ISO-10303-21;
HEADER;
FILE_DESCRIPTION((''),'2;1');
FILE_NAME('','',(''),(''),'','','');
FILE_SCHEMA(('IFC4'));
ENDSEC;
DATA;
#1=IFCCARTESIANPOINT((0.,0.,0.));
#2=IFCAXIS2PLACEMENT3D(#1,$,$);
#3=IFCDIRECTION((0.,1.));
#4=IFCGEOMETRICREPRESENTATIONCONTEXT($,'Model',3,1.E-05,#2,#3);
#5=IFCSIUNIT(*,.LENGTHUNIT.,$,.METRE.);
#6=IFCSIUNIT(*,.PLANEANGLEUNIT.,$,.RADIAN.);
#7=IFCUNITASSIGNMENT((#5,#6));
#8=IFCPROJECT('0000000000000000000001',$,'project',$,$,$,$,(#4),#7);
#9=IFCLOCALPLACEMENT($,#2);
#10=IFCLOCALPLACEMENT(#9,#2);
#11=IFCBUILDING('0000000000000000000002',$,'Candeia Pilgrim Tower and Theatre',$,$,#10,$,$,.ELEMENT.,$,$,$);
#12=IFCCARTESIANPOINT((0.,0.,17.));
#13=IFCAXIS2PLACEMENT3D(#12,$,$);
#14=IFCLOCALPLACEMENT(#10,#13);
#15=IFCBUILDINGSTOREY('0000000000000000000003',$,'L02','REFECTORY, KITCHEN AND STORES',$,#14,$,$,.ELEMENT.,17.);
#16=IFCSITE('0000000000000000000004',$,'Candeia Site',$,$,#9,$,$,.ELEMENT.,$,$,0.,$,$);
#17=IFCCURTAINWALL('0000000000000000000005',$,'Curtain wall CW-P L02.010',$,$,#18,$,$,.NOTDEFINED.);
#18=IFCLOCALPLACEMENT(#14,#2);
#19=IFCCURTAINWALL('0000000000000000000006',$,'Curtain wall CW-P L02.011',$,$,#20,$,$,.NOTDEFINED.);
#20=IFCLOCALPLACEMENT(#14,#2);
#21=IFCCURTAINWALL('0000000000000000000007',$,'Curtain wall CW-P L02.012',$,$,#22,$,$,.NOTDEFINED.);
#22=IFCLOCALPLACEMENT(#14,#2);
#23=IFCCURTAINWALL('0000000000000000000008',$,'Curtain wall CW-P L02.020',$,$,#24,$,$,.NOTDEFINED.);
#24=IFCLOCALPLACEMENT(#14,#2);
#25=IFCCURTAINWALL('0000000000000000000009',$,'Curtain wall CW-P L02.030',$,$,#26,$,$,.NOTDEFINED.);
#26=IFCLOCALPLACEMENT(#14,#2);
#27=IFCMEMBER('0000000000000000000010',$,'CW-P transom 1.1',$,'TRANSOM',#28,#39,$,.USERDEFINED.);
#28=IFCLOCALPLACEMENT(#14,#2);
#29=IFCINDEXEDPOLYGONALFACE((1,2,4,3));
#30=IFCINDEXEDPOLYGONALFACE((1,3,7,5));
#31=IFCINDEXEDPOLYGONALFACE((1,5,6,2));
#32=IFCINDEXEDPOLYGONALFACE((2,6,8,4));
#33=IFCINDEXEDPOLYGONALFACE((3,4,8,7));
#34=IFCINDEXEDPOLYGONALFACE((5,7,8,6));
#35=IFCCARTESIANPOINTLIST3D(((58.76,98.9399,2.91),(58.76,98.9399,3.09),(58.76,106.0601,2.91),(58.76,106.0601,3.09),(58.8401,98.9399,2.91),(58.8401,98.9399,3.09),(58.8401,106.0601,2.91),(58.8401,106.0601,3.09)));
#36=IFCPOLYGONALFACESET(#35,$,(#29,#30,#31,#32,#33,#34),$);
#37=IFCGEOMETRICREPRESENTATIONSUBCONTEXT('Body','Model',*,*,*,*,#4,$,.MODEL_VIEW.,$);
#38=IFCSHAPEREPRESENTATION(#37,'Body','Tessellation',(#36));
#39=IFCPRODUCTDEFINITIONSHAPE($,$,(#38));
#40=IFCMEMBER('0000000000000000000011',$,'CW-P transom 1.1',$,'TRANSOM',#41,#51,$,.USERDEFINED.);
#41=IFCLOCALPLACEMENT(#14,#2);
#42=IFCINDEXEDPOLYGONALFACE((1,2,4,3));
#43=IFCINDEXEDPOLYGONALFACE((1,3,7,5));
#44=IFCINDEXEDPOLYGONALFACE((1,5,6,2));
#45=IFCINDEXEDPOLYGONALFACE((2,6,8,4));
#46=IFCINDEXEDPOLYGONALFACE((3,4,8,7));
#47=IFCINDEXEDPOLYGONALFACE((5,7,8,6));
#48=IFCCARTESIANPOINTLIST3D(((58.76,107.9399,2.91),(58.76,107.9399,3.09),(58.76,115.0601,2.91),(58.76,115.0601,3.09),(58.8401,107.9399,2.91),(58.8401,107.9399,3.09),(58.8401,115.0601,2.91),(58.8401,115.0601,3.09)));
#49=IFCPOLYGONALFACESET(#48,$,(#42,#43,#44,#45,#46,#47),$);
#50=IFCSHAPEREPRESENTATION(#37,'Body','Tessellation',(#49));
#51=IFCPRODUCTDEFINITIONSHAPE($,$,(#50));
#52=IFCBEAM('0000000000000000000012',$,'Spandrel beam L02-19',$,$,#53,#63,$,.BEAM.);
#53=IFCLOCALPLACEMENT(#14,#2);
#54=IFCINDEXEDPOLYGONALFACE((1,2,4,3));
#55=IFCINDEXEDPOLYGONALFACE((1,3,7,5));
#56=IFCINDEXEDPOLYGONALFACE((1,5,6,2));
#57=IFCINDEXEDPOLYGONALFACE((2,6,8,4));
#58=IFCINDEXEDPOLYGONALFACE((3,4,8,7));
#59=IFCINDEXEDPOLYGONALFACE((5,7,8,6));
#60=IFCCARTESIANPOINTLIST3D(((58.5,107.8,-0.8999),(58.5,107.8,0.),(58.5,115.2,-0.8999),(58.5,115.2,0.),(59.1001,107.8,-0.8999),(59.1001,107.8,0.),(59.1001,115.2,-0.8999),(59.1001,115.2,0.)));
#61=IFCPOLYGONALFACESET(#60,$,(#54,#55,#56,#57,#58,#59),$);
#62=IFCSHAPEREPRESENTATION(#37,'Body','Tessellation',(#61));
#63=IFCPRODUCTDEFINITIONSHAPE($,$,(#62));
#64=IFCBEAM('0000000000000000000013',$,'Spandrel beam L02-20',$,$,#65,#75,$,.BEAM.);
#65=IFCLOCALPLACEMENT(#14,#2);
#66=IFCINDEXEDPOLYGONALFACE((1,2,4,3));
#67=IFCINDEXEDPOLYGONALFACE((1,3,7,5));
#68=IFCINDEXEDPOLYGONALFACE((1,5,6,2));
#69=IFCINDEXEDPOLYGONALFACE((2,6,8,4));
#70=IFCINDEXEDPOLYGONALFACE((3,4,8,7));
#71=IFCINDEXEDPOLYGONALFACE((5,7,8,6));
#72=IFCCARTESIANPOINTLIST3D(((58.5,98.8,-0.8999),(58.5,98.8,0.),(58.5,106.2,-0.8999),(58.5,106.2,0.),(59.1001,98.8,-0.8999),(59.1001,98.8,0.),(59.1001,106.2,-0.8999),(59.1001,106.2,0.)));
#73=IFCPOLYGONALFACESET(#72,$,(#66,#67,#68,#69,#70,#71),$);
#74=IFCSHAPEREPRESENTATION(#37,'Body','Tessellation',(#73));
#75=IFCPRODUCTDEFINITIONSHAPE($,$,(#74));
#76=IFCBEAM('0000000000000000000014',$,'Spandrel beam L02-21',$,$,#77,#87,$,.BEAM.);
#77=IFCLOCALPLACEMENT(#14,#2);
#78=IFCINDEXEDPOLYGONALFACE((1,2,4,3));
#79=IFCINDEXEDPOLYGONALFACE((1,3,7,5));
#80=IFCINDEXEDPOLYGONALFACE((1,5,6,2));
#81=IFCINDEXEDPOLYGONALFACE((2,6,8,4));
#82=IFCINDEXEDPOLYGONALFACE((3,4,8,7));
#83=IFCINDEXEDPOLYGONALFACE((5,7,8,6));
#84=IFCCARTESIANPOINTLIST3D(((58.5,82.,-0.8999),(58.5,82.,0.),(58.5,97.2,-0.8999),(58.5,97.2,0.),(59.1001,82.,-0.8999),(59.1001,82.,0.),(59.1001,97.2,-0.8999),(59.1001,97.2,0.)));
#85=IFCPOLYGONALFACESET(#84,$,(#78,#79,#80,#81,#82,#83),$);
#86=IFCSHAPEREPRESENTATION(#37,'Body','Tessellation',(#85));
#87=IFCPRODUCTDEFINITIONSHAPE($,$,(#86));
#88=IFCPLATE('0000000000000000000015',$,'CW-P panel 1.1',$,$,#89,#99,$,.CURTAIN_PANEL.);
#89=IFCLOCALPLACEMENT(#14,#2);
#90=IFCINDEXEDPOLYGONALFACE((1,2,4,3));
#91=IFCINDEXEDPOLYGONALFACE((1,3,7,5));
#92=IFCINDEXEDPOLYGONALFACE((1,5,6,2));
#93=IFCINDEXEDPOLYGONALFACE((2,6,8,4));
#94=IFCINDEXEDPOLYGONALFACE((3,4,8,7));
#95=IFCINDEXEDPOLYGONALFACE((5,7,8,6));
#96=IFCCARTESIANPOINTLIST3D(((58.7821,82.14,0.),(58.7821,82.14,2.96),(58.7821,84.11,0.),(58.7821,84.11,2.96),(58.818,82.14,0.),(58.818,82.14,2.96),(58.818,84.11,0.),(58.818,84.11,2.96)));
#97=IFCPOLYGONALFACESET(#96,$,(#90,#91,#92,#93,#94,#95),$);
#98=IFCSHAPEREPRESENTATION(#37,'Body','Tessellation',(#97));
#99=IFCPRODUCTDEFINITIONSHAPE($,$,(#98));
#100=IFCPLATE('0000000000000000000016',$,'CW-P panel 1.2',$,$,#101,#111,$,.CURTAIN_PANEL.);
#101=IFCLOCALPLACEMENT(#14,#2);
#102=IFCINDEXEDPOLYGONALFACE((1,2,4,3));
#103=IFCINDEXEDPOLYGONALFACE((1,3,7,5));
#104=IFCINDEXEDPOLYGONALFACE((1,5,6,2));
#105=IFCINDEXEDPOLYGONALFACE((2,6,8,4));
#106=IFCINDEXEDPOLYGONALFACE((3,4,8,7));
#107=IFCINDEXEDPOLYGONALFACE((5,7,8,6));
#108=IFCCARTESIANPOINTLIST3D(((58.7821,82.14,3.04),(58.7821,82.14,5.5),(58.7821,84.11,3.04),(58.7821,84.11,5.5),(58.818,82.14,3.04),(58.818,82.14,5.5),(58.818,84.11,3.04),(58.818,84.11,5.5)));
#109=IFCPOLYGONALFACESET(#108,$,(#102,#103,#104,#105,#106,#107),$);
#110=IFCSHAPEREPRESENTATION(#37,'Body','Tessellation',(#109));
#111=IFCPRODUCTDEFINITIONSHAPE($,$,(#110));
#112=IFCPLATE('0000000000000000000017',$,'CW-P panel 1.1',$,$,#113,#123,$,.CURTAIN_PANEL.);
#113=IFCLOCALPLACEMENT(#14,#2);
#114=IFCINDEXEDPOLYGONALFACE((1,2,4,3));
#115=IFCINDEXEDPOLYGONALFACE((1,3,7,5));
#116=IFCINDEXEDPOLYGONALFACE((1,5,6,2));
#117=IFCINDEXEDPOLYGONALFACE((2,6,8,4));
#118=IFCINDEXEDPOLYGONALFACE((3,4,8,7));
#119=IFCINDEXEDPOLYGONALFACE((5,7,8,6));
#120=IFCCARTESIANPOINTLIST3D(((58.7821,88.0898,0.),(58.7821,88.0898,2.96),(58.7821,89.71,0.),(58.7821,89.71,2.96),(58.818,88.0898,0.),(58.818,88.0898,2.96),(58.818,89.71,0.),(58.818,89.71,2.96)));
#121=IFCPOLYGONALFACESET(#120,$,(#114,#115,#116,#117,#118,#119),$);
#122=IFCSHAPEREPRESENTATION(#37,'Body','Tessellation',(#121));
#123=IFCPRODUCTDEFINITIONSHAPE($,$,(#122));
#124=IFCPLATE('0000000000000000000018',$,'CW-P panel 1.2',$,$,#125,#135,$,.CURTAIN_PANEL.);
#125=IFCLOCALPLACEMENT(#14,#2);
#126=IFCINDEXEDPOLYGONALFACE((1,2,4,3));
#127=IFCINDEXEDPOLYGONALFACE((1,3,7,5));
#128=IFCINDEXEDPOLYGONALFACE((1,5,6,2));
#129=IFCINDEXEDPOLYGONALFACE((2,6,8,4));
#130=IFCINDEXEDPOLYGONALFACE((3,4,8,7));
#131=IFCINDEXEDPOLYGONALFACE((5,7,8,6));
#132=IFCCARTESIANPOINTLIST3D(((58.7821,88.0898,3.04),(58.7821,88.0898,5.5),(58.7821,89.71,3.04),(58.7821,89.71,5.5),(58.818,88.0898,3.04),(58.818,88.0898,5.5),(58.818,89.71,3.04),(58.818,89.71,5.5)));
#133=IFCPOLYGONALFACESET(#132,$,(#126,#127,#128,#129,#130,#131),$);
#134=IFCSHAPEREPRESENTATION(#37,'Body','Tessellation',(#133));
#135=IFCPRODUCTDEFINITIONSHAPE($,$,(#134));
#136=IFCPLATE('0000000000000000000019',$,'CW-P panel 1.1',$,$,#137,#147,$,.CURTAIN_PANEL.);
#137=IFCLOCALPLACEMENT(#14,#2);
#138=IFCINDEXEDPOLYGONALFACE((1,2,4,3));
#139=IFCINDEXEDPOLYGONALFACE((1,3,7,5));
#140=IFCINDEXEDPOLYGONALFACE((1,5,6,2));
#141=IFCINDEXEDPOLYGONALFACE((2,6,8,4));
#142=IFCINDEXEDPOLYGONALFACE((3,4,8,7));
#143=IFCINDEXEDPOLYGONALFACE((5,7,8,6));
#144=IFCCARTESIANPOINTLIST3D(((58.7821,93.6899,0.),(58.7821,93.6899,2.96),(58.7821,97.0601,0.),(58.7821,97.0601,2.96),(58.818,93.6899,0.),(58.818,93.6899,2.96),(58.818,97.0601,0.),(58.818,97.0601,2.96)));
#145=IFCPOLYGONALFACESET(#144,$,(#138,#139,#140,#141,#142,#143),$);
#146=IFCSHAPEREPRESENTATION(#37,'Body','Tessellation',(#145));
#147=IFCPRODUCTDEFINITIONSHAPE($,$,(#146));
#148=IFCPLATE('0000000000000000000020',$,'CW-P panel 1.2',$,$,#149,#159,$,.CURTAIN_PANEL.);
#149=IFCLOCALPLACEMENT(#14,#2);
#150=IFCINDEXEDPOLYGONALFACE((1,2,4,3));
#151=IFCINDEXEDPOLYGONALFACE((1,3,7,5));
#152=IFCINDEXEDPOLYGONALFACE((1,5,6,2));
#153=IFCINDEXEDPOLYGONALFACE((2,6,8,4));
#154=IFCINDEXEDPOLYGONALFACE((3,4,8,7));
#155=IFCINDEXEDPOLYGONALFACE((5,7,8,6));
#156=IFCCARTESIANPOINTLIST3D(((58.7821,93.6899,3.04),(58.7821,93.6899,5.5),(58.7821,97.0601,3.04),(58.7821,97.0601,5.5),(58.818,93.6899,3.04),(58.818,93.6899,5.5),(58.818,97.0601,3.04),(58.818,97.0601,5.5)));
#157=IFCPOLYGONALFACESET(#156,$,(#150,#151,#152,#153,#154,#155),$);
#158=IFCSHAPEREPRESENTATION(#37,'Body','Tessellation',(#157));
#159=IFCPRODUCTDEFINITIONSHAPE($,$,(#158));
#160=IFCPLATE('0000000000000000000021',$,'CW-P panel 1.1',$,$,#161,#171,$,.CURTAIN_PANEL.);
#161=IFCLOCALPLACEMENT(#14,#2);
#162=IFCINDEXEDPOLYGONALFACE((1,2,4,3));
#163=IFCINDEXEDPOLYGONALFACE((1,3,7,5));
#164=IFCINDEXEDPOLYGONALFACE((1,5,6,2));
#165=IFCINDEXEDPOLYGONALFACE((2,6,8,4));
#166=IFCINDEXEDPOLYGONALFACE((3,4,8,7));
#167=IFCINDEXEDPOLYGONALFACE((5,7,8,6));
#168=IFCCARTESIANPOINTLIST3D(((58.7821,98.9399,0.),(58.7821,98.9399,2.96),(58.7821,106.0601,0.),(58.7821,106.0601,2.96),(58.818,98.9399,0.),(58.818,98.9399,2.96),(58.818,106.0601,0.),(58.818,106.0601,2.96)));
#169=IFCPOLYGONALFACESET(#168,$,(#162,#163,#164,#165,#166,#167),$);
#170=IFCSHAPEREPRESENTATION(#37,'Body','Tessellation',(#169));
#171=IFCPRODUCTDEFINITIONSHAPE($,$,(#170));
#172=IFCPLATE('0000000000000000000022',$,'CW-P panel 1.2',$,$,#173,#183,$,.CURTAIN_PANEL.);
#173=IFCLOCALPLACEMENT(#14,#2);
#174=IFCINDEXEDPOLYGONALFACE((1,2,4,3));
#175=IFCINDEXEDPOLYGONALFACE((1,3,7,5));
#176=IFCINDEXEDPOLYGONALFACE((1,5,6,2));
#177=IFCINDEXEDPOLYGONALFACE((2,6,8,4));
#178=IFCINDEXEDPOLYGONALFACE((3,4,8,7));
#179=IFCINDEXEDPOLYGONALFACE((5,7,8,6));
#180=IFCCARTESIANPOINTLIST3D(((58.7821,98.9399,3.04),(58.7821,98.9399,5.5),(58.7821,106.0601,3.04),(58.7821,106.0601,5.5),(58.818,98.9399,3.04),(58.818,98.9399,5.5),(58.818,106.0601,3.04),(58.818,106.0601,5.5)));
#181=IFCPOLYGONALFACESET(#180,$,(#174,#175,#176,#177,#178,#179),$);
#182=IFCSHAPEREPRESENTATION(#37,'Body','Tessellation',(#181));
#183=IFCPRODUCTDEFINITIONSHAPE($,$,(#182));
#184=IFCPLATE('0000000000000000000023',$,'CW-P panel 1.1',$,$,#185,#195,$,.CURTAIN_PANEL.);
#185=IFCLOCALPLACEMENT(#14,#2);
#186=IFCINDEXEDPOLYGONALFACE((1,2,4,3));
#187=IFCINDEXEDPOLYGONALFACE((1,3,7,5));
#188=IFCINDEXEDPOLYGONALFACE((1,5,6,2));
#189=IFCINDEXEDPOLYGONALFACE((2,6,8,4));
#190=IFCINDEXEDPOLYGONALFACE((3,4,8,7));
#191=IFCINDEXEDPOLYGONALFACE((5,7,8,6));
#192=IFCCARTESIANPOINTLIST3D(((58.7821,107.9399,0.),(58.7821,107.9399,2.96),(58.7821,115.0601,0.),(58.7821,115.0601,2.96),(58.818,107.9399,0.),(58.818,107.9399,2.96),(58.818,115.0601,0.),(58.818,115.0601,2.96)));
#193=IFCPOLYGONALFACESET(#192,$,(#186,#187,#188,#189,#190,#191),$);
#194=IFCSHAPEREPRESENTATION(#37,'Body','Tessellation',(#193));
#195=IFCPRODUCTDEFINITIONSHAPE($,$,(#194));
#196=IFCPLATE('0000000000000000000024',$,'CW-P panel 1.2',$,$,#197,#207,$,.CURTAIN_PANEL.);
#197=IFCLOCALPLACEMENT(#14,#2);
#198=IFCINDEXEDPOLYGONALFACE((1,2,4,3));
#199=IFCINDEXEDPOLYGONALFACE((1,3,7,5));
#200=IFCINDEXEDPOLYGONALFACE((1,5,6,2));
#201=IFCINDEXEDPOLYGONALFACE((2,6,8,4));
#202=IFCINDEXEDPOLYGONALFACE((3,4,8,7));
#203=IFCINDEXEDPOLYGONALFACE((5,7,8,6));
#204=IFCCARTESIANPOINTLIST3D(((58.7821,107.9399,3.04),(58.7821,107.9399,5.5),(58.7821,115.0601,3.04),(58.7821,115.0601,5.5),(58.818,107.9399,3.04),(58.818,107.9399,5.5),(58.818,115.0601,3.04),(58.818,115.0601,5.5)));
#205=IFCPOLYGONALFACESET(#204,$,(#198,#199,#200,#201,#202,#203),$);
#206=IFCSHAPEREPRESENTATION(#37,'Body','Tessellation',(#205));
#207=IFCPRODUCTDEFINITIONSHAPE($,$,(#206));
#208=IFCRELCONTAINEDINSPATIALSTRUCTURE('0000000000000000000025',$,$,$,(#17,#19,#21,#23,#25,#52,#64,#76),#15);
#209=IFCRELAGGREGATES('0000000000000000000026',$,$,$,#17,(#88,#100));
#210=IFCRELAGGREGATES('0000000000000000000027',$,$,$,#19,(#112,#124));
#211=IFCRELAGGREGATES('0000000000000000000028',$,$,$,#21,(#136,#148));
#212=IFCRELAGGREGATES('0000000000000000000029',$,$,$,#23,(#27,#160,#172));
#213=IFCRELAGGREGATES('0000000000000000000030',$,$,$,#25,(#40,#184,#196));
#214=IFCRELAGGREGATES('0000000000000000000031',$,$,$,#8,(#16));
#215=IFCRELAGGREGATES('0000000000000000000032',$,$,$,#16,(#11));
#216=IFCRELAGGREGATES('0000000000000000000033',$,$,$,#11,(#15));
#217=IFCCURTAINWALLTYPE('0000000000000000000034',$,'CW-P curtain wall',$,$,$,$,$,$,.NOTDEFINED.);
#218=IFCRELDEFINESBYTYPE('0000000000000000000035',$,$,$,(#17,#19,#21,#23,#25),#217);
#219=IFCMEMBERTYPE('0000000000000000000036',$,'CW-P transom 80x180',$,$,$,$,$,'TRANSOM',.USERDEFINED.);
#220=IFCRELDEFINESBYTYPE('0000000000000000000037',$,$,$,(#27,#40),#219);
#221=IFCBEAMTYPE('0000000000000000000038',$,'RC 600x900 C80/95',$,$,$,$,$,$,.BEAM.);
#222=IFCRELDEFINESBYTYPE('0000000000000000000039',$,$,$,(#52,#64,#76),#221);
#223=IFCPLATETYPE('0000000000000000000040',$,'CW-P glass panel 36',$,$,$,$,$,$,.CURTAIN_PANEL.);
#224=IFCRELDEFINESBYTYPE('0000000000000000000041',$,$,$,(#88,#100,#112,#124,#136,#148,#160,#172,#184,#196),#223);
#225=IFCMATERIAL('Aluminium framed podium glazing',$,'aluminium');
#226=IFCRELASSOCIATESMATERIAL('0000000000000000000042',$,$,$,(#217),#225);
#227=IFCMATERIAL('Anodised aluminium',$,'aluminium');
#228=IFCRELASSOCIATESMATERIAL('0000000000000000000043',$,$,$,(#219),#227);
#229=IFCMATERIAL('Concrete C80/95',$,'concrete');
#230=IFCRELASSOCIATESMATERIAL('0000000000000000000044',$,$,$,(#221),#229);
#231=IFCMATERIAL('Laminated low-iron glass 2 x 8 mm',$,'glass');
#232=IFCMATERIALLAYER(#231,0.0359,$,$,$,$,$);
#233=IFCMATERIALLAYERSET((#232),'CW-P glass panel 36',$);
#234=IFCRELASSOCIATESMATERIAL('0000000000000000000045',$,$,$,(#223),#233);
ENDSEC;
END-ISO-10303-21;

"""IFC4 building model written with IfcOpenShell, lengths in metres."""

from ifc_helpers import new_model, si_unit, direction, frame, origin, origin_2d, place, context, subcontext, project, spatial, rectangle, extrude, material, layer, layer_set, material_profile, profile_set, type_object, element, aggregate, save


model = new_model("IFC4")

# Units and contexts
model_context = context("Model", 3, precision=1e-05, world=origin(), true_north=direction((0.0, 1.0)))
body_context = subcontext(model_context, "Body", "Model", "MODEL_VIEW")
ifc_project = project(units=[si_unit("LENGTHUNIT", "METRE"), si_unit("PLANEANGLEUNIT", "RADIAN")], contexts=[model_context])

# Site, building, storey
site_placement = place(None, origin())
site = spatial("IfcSite", under=ifc_project, at=site_placement, Name="Candeia Site", CompositionType="ELEMENT", RefElevation=0.0)
building_placement = place(site_placement, origin())
building = spatial("IfcBuilding", under=site, at=building_placement, Name="Candeia Pilgrim Tower and Theatre", CompositionType="ELEMENT")
storey_placement = place(building_placement, frame((0.0, 0.0, 17.0)))
storey = spatial("IfcBuildingStorey", under=building, at=storey_placement, Name="L02", Description="REFECTORY, KITCHEN AND STORES", CompositionType="ELEMENT", Elevation=17.0)

# Shared definitions
ifc_material_1 = material(Name="Concrete C80/95", Category="concrete")

# Curtain wall
ifc_material_2 = material(Name="Aluminium framed podium glazing", Category="aluminium")
curtain_wall_type = type_object("IfcCurtainWallType", Name="CW-P curtain wall", PredefinedType="NOTDEFINED", material=ifc_material_2)
curtain_wall_1_placement = place(storey_placement, origin())
curtain_wall_1 = element("IfcCurtainWall", 1, at=curtain_wall_1_placement, inside=storey, type_object=curtain_wall_type, Name="Curtain wall CW-P L02.010", PredefinedType="NOTDEFINED")
ifc_material_3 = material(Name="Anodised aluminium", Category="aluminium")

# Curtain walls
curtain_wall_2_placement = place(storey_placement, origin())
curtain_wall_2 = element("IfcCurtainWall", 2, at=curtain_wall_2_placement, inside=storey, type_object=curtain_wall_type, Name="Curtain wall CW-P L02.011", PredefinedType="NOTDEFINED")
curtain_wall_3_placement = place(storey_placement, origin())
curtain_wall_3 = element("IfcCurtainWall", 3, at=curtain_wall_3_placement, inside=storey, type_object=curtain_wall_type, Name="Curtain wall CW-P L02.012", PredefinedType="NOTDEFINED")
curtain_wall_4_placement = place(storey_placement, origin())
curtain_wall_4 = element("IfcCurtainWall", 4, at=curtain_wall_4_placement, inside=storey, type_object=curtain_wall_type, Name="Curtain wall CW-P L02.020", PredefinedType="NOTDEFINED")
curtain_wall_5_placement = place(storey_placement, origin())
curtain_wall_5 = element("IfcCurtainWall", 5, at=curtain_wall_5_placement, inside=storey, type_object=curtain_wall_type, Name="Curtain wall CW-P L02.030", PredefinedType="NOTDEFINED")

# Members
ifc_material_profile_1 = material_profile(ifc_material_3, rectangle(XDim=0.0801, YDim=0.1799, at=origin_2d()))
ifc_profile_set_1 = profile_set([ifc_material_profile_1], Name="Anodised aluminium")
member_type_1 = type_object("IfcMemberType", Name="CW-P transom 80x180", ElementType="TRANSOM", PredefinedType="USERDEFINED", material=ifc_profile_set_1)
member_1_placement = place(storey_placement, frame((58.8, 98.9399, 3.0), z_axis=(0.0, 1.0, 0.0), x_axis=(-1.0, 0.0, 0.0)))
member_1 = element("IfcMember", 6, at=member_1_placement, type_object=member_type_1, Name="CW-P transom 1.1", ObjectType="TRANSOM", PredefinedType="USERDEFINED", context=body_context, shape_type="SweptSolid", body=[
    extrude(rectangle(XDim=0.0801, YDim=0.1799, at=origin_2d()), origin(), (0.0, 0.0, 1.0), 7.1201),
])
member_2_placement = place(storey_placement, frame((58.8, 107.9399, 3.0), z_axis=(0.0, 1.0, 0.0), x_axis=(-1.0, 0.0, 0.0)))
member_2 = element("IfcMember", 7, at=member_2_placement, type_object=member_type_1, Name="CW-P transom 1.1", ObjectType="TRANSOM", PredefinedType="USERDEFINED", context=body_context, shape_type="SweptSolid", body=[
    extrude(rectangle(XDim=0.0801, YDim=0.1799, at=origin_2d()), origin(), (0.0, 0.0, 1.0), 7.1201),
])

# Beams
ifc_material_profile_2 = material_profile(ifc_material_1, rectangle(XDim=0.6001, YDim=0.8999, at=origin_2d()))
ifc_profile_set_2 = profile_set([ifc_material_profile_2], Name="Concrete C80/95")
beam_type = type_object("IfcBeamType", Name="RC 600x900 C80/95", PredefinedType="BEAM", material=ifc_profile_set_2)
for number, where, z_axis, x_axis, name in (
    (8, (58.8, 115.2, -0.45), (0.0, -1.0, 0.0), (1.0, 0.0, 0.0), "Spandrel beam L02-19"),
    (9, (58.8, 106.2, -0.45), (0.0, -1.0, 0.0), (1.0, 0.0, 0.0), "Spandrel beam L02-20"),
):
    element("IfcBeam", number, at=place(storey_placement, frame(where, z_axis=z_axis, x_axis=x_axis)), inside=storey, type_object=beam_type, Name=name, PredefinedType="BEAM", context=body_context, shape_type="SweptSolid", body=[
        extrude(rectangle(XDim=0.6001, YDim=0.8999, at=origin_2d()), origin(), (0.0, 0.0, 1.0), 7.3999),
    ])
beam_placement = place(storey_placement, frame((58.8, 97.2, -0.45), z_axis=(0.0, -1.0, 0.0), x_axis=(1.0, 0.0, 0.0)))
element("IfcBeam", 10, at=beam_placement, inside=storey, type_object=beam_type, Name="Spandrel beam L02-21", PredefinedType="BEAM", context=body_context, shape_type="SweptSolid", body=[
    extrude(rectangle(XDim=0.6001, YDim=0.8999, at=origin_2d()), origin(), (0.0, 0.0, 1.0), 15.2),
])

# Plates
ifc_material_4 = material(Name="Laminated low-iron glass 2 x 8 mm", Category="glass")
ifc_layer_1 = layer(ifc_material_4, 0.0359)
ifc_layer_set_1 = layer_set([ifc_layer_1], Name="CW-P glass panel 36")
plate_type = type_object("IfcPlateType", Name="CW-P glass panel 36", PredefinedType="CURTAIN_PANEL", material=ifc_layer_set_1)
plate_1_placement = place(storey_placement, frame((58.8, 83.125, 0.0), z_axis=(0.0, 0.0, 1.0), x_axis=(0.0, 1.0, 0.0)))
plate_1 = element("IfcPlate", 11, at=plate_1_placement, type_object=plate_type, Name="CW-P panel 1.1", PredefinedType="CURTAIN_PANEL", context=body_context, shape_type="SweptSolid", body=[
    extrude(rectangle(XDim=1.97, YDim=0.0359, at=origin_2d()), origin(), (0.0, 0.0, 1.0), 2.96),
])
plate_2_placement = place(storey_placement, frame((58.8, 83.125, 3.04), z_axis=(0.0, 0.0, 1.0), x_axis=(0.0, 1.0, 0.0)))
plate_2 = element("IfcPlate", 12, at=plate_2_placement, type_object=plate_type, Name="CW-P panel 1.2", PredefinedType="CURTAIN_PANEL", context=body_context, shape_type="SweptSolid", body=[
    extrude(rectangle(XDim=1.97, YDim=0.0359, at=origin_2d()), origin(), (0.0, 0.0, 1.0), 2.46),
])
aggregate(curtain_wall_1, [plate_1, plate_2])
plate_3_placement = place(storey_placement, frame((58.8, 88.8999, 0.0), z_axis=(0.0, 0.0, 1.0), x_axis=(0.0, 1.0, 0.0)))
plate_3 = element("IfcPlate", 13, at=plate_3_placement, type_object=plate_type, Name="CW-P panel 1.1", PredefinedType="CURTAIN_PANEL", context=body_context, shape_type="SweptSolid", body=[
    extrude(rectangle(XDim=1.6201, YDim=0.0359, at=origin_2d()), origin(), (0.0, 0.0, 1.0), 2.96),
])
plate_4_placement = place(storey_placement, frame((58.8, 88.8999, 3.04), z_axis=(0.0, 0.0, 1.0), x_axis=(0.0, 1.0, 0.0)))
plate_4 = element("IfcPlate", 14, at=plate_4_placement, type_object=plate_type, Name="CW-P panel 1.2", PredefinedType="CURTAIN_PANEL", context=body_context, shape_type="SweptSolid", body=[
    extrude(rectangle(XDim=1.6201, YDim=0.0359, at=origin_2d()), origin(), (0.0, 0.0, 1.0), 2.46),
])
aggregate(curtain_wall_2, [plate_3, plate_4])
plate_5_placement = place(storey_placement, frame((58.8, 95.375, 0.0), z_axis=(0.0, 0.0, 1.0), x_axis=(0.0, 1.0, 0.0)))
plate_5 = element("IfcPlate", 15, at=plate_5_placement, type_object=plate_type, Name="CW-P panel 1.1", PredefinedType="CURTAIN_PANEL", context=body_context, shape_type="SweptSolid", body=[
    extrude(rectangle(XDim=3.3701, YDim=0.0359, at=origin_2d()), origin(), (0.0, 0.0, 1.0), 2.96),
])
plate_6_placement = place(storey_placement, frame((58.8, 95.375, 3.04), z_axis=(0.0, 0.0, 1.0), x_axis=(0.0, 1.0, 0.0)))
plate_6 = element("IfcPlate", 16, at=plate_6_placement, type_object=plate_type, Name="CW-P panel 1.2", PredefinedType="CURTAIN_PANEL", context=body_context, shape_type="SweptSolid", body=[
    extrude(rectangle(XDim=3.3701, YDim=0.0359, at=origin_2d()), origin(), (0.0, 0.0, 1.0), 2.46),
])
aggregate(curtain_wall_3, [plate_5, plate_6])
plate_7_placement = place(storey_placement, frame((58.8, 102.5, 0.0), z_axis=(0.0, 0.0, 1.0), x_axis=(0.0, 1.0, 0.0)))
plate_7 = element("IfcPlate", 17, at=plate_7_placement, type_object=plate_type, Name="CW-P panel 1.1", PredefinedType="CURTAIN_PANEL", context=body_context, shape_type="SweptSolid", body=[
    extrude(rectangle(XDim=7.1201, YDim=0.0359, at=origin_2d()), origin(), (0.0, 0.0, 1.0), 2.96),
])
plate_8_placement = place(storey_placement, frame((58.8, 102.5, 3.04), z_axis=(0.0, 0.0, 1.0), x_axis=(0.0, 1.0, 0.0)))
plate_8 = element("IfcPlate", 18, at=plate_8_placement, type_object=plate_type, Name="CW-P panel 1.2", PredefinedType="CURTAIN_PANEL", context=body_context, shape_type="SweptSolid", body=[
    extrude(rectangle(XDim=7.1201, YDim=0.0359, at=origin_2d()), origin(), (0.0, 0.0, 1.0), 2.46),
])
aggregate(curtain_wall_4, [member_1, plate_7, plate_8])
plate_9_placement = place(storey_placement, frame((58.8, 111.5, 0.0), z_axis=(0.0, 0.0, 1.0), x_axis=(0.0, 1.0, 0.0)))
plate_9 = element("IfcPlate", 19, at=plate_9_placement, type_object=plate_type, Name="CW-P panel 1.1", PredefinedType="CURTAIN_PANEL", context=body_context, shape_type="SweptSolid", body=[
    extrude(rectangle(XDim=7.1201, YDim=0.0359, at=origin_2d()), origin(), (0.0, 0.0, 1.0), 2.96),
])
plate_10_placement = place(storey_placement, frame((58.8, 111.5, 3.04), z_axis=(0.0, 0.0, 1.0), x_axis=(0.0, 1.0, 0.0)))
plate_10 = element("IfcPlate", 20, at=plate_10_placement, type_object=plate_type, Name="CW-P panel 1.2", PredefinedType="CURTAIN_PANEL", context=body_context, shape_type="SweptSolid", body=[
    extrude(rectangle(XDim=7.1201, YDim=0.0359, at=origin_2d()), origin(), (0.0, 0.0, 1.0), 2.46),
])
aggregate(curtain_wall_5, [member_2, plate_9, plate_10])

save(model, "model.ifc")
